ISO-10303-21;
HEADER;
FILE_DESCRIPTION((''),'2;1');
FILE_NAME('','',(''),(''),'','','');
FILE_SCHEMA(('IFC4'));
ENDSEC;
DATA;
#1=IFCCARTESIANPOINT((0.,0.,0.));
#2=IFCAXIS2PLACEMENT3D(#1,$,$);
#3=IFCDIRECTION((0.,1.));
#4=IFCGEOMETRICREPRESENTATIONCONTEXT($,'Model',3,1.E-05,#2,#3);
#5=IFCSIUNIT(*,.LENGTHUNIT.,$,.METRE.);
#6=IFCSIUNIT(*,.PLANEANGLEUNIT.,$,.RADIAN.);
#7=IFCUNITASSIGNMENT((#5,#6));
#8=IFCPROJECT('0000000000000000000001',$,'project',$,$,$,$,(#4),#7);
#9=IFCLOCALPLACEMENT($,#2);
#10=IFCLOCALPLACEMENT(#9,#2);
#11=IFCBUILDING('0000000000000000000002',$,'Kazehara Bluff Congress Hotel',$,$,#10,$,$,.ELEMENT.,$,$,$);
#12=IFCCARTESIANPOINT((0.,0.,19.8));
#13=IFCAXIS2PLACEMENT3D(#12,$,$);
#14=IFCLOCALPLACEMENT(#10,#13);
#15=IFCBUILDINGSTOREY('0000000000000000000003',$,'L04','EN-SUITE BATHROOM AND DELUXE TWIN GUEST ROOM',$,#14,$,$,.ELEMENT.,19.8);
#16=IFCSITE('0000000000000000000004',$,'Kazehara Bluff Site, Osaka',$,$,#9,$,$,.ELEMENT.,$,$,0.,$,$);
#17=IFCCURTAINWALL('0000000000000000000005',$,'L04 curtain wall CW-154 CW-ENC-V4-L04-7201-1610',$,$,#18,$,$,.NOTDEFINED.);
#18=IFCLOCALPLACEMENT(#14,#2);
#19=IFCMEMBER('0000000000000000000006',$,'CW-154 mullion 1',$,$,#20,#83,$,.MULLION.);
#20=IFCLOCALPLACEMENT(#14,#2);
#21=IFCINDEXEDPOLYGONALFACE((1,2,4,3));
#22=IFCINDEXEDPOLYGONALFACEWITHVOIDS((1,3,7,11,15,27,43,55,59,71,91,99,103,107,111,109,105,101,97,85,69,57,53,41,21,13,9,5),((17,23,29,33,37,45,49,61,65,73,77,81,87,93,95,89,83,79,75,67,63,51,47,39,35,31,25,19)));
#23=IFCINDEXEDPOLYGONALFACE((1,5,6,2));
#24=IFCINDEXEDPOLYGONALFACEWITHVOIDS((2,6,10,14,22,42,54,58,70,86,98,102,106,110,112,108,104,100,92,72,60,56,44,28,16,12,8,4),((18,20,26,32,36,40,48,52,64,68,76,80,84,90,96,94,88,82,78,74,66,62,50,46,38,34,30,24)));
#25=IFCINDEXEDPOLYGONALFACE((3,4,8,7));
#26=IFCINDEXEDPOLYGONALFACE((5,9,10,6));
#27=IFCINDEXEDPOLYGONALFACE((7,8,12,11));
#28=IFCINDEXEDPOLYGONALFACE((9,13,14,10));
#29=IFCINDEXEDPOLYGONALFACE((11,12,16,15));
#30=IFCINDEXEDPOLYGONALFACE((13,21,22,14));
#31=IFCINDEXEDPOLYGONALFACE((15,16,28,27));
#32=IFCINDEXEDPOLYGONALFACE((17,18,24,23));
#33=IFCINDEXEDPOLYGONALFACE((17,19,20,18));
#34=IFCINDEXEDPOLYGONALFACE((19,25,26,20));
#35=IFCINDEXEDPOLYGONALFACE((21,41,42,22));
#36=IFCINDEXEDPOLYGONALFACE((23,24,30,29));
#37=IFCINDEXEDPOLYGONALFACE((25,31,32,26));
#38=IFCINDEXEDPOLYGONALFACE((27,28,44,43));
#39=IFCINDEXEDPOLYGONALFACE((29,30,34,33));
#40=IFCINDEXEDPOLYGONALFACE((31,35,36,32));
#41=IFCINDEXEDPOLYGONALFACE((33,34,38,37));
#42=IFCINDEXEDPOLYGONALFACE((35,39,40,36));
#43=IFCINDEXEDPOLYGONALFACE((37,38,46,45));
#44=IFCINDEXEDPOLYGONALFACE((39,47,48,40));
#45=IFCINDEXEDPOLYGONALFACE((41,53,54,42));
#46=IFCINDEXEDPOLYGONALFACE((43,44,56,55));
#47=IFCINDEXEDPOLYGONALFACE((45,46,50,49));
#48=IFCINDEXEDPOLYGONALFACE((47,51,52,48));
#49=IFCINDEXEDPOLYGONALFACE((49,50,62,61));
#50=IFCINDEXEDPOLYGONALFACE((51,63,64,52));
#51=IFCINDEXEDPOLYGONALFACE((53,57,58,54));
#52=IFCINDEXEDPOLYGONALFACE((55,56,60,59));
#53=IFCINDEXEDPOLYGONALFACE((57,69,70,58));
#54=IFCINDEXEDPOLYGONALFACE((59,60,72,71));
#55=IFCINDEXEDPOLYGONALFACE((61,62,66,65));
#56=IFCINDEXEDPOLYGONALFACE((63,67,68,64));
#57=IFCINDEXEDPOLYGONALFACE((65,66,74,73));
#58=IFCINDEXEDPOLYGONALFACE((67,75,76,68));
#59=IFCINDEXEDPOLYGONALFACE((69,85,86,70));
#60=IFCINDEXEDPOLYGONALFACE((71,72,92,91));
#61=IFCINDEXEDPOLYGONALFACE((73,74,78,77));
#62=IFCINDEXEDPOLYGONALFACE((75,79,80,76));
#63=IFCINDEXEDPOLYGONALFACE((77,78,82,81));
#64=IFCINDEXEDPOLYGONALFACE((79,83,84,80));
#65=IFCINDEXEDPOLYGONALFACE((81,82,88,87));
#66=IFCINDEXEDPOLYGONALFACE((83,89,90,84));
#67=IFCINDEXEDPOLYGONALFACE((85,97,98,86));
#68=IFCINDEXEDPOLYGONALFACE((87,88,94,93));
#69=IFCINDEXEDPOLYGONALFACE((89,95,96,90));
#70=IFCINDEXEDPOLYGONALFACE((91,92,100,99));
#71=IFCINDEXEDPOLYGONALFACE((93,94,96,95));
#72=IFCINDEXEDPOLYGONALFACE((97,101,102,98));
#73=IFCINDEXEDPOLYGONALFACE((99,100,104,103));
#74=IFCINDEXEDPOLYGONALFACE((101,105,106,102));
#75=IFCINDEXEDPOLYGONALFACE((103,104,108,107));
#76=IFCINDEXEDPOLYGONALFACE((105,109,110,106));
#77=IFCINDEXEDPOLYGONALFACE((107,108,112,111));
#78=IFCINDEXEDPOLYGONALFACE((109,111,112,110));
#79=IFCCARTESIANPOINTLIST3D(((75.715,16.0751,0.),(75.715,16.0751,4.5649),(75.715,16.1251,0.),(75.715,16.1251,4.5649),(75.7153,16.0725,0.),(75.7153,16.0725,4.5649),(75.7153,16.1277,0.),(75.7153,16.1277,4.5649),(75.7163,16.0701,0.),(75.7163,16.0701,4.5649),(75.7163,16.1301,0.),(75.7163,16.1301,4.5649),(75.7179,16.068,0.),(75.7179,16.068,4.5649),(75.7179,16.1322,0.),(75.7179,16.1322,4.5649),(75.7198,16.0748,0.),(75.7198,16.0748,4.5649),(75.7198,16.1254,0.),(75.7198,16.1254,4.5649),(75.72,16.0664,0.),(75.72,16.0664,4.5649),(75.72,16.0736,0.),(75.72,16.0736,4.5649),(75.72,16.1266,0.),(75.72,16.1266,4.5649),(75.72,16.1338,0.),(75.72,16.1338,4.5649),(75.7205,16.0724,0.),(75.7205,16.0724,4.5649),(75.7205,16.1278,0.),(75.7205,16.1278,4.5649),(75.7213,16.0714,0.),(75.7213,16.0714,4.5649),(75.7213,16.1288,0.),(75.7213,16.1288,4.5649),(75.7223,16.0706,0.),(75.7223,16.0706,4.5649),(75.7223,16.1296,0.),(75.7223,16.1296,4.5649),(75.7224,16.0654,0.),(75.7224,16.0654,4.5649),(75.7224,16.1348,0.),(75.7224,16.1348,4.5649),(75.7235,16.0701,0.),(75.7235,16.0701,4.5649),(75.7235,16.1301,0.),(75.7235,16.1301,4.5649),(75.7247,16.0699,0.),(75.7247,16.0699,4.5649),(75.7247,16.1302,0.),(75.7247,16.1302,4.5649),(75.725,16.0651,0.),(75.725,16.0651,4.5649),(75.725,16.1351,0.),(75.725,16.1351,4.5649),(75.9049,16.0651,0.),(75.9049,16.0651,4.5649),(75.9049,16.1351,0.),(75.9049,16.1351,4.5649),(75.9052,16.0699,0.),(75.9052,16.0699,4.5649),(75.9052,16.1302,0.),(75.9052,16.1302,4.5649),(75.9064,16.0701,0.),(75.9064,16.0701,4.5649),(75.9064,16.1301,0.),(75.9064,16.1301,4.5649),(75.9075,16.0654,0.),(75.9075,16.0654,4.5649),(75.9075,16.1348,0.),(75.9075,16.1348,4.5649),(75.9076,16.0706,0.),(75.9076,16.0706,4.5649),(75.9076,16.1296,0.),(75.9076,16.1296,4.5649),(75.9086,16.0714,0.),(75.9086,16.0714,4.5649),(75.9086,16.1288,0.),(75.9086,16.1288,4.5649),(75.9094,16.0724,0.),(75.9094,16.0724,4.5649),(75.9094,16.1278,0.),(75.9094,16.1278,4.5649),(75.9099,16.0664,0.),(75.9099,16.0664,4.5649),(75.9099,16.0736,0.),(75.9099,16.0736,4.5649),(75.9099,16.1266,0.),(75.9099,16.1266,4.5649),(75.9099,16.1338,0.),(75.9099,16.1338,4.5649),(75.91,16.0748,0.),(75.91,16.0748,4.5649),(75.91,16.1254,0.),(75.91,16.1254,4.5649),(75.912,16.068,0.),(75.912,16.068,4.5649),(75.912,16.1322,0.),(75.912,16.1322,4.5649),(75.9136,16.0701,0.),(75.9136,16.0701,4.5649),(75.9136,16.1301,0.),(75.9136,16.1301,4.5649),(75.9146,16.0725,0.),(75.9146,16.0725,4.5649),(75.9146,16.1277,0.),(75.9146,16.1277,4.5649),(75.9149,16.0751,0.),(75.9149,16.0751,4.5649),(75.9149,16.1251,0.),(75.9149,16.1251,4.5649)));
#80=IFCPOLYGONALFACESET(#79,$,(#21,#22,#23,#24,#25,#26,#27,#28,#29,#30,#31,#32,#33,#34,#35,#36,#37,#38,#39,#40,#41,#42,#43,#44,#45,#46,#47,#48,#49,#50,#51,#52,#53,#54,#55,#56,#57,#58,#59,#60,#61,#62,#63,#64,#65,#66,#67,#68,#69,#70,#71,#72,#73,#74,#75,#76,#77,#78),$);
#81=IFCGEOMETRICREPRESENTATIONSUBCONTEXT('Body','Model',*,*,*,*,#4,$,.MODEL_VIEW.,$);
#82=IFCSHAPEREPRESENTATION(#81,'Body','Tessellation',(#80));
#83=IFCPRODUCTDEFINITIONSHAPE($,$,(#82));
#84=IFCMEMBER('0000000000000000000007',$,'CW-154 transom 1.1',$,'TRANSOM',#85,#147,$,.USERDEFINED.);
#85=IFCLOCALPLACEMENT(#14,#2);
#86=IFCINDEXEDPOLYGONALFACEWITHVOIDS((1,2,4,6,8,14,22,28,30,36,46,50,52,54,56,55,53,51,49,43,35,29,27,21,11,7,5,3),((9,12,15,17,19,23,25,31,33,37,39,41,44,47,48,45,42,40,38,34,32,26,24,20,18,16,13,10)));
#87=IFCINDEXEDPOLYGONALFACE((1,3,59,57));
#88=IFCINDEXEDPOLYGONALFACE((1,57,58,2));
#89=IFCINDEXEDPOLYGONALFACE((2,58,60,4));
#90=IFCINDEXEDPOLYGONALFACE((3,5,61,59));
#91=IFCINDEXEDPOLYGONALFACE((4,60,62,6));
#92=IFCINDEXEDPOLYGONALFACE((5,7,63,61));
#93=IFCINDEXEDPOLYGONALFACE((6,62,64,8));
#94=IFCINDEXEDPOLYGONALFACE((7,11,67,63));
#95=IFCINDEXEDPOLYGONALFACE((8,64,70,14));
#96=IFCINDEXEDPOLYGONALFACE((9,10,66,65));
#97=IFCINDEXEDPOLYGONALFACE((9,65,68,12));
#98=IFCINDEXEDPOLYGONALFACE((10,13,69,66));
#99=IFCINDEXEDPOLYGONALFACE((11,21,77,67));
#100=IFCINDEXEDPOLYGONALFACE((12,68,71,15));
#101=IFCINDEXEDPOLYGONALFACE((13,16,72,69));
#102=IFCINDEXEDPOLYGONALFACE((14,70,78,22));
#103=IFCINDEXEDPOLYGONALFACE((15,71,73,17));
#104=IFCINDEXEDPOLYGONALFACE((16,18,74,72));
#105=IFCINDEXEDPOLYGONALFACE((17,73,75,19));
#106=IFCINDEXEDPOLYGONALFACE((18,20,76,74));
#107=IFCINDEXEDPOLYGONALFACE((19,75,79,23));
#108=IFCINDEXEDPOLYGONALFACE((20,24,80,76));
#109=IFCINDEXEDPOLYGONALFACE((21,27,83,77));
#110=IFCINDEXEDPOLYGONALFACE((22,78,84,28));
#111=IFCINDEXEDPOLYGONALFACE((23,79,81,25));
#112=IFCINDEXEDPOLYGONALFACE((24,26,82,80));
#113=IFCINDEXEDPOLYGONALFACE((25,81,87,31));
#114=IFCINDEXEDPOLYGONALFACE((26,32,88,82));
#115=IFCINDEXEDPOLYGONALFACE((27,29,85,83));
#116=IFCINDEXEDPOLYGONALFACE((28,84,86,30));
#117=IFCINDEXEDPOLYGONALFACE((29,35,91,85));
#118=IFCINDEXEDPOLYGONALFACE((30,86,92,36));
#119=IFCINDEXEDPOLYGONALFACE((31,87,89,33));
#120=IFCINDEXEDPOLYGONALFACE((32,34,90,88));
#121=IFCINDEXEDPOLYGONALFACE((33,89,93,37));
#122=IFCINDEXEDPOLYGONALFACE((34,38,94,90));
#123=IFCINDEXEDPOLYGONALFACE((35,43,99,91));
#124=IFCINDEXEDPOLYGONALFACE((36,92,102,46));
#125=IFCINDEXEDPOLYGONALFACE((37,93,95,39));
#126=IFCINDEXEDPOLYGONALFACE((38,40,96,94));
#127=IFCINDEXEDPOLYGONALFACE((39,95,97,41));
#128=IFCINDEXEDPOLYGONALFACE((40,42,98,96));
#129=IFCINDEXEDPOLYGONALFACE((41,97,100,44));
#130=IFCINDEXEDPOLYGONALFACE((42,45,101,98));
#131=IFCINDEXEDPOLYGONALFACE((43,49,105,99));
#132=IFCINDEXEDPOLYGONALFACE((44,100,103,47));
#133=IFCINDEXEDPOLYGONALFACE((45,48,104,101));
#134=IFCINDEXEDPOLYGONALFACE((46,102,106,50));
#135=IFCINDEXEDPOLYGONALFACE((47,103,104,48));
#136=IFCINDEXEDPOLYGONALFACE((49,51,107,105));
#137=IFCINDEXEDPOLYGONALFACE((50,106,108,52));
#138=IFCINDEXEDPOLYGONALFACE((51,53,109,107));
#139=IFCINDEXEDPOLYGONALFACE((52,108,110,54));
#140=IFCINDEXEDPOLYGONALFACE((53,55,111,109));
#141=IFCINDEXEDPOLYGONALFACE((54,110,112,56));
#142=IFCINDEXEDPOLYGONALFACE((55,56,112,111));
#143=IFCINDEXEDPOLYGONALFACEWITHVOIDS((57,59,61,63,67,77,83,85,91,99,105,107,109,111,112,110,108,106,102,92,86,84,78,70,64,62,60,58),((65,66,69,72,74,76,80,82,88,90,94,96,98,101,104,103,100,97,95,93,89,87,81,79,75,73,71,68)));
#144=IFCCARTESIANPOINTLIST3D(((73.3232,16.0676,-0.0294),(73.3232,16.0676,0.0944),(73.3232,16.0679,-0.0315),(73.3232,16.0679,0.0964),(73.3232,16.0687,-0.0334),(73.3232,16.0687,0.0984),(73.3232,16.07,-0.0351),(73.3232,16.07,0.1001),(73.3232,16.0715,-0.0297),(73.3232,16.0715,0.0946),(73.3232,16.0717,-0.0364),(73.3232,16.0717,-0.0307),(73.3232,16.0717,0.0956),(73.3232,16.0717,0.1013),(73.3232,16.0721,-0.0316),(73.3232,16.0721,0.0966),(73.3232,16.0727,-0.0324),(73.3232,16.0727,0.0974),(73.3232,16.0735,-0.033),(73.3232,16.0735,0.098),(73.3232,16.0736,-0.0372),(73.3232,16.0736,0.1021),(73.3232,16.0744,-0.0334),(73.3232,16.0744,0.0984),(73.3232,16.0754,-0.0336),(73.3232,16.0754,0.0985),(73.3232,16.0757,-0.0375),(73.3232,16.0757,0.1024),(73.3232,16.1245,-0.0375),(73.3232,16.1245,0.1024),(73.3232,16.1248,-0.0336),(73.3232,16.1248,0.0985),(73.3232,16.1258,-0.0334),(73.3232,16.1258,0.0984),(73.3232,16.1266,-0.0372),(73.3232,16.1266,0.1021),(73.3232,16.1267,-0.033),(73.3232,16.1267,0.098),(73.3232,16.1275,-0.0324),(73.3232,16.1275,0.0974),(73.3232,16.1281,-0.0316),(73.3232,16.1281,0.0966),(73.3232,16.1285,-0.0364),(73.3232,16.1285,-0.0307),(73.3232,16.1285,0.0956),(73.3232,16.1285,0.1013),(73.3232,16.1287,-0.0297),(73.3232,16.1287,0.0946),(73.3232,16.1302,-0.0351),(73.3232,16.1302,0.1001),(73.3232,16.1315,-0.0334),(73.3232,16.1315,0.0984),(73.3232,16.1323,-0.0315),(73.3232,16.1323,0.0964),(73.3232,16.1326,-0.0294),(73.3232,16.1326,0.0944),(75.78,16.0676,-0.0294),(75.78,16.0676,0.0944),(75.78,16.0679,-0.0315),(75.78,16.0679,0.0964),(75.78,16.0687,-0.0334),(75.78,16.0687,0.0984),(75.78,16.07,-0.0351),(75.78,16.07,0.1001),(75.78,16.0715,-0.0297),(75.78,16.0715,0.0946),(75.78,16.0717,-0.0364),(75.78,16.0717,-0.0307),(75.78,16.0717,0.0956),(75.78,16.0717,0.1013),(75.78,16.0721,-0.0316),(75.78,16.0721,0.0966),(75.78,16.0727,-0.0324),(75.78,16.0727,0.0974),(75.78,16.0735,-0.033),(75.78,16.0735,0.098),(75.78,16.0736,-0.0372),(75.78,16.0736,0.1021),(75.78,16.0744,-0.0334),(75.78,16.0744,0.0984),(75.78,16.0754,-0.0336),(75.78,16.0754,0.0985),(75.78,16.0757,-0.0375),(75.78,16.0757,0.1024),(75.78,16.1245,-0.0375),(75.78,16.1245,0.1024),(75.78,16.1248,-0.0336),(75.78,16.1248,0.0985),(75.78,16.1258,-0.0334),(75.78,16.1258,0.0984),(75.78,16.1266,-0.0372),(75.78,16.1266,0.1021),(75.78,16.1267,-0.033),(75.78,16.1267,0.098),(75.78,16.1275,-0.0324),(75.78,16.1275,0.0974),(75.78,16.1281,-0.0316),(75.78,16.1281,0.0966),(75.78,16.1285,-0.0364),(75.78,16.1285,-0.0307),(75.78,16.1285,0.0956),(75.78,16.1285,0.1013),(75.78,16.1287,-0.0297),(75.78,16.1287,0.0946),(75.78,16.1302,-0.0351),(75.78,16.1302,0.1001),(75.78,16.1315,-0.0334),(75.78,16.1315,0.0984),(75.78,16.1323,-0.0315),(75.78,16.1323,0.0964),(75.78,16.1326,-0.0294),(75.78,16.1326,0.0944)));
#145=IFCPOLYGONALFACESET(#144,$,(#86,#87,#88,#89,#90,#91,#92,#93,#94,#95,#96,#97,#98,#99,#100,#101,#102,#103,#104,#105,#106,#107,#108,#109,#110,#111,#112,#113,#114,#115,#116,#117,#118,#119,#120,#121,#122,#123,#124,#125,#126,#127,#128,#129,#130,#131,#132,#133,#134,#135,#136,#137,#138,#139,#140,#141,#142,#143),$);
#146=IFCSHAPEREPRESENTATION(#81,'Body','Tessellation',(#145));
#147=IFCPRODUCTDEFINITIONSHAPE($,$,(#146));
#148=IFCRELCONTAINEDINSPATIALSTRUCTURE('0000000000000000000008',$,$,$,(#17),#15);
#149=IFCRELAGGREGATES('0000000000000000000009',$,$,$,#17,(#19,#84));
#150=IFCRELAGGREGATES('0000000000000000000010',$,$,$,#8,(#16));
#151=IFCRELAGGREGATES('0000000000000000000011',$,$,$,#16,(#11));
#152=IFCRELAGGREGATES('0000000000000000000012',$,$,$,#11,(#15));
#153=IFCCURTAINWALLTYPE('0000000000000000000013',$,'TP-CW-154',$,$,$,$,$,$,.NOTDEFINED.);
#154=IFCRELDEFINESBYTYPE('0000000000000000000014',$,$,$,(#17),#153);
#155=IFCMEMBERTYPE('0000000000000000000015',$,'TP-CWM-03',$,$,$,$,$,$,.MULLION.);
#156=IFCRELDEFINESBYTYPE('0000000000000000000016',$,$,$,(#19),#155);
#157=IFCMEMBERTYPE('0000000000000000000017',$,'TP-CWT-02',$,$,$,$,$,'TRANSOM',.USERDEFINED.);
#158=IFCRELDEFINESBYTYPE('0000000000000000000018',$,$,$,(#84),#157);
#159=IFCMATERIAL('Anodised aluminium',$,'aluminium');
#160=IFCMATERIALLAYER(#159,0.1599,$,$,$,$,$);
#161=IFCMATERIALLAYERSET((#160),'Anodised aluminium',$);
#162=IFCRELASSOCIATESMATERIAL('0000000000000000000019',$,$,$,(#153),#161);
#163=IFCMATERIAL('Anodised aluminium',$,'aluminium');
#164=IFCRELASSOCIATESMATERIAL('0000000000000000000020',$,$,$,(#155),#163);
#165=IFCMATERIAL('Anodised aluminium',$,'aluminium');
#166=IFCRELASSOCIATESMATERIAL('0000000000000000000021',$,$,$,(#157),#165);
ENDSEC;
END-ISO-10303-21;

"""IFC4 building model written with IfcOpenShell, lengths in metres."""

from ifc_helpers import new_model, si_unit, direction, frame, origin, origin_2d, place, context, subcontext, project, spatial, hollow_rectangle, extrude, material, layer, layer_set, material_profile, profile_set, type_object, element, aggregate, save


model = new_model("IFC4")

# Units and contexts
model_context = context("Model", 3, precision=1e-05, world=origin(), true_north=direction((0.0, 1.0)))
body_context = subcontext(model_context, "Body", "Model", "MODEL_VIEW")
ifc_project = project(units=[si_unit("LENGTHUNIT", "METRE"), si_unit("PLANEANGLEUNIT", "RADIAN")], contexts=[model_context])

# Site, building, storey
site_placement = place(None, origin())
site = spatial("IfcSite", under=ifc_project, at=site_placement, Name="Kazehara Bluff Site, Osaka", CompositionType="ELEMENT", RefElevation=0.0)
building_placement = place(site_placement, origin())
building = spatial("IfcBuilding", under=site, at=building_placement, Name="Kazehara Bluff Congress Hotel", CompositionType="ELEMENT")
storey_placement = place(building_placement, frame((0.0, 0.0, 19.8)))
storey = spatial("IfcBuildingStorey", under=building, at=storey_placement, Name="L04", Description="EN-SUITE BATHROOM AND DELUXE TWIN GUEST ROOM", CompositionType="ELEMENT", Elevation=19.8)

# Curtain wall, members
ifc_material_1 = material(Name="Anodised aluminium", Category="aluminium")
ifc_layer_1 = layer(ifc_material_1, 0.1599)
ifc_layer_set_1 = layer_set([ifc_layer_1], Name="Anodised aluminium")
curtain_wall_type_1 = type_object("IfcCurtainWallType", Name="TP-CW-154", PredefinedType="NOTDEFINED", material=ifc_layer_set_1)
curtain_wall_1_placement = place(storey_placement, origin())
curtain_wall_1 = element("IfcCurtainWall", 1, at=curtain_wall_1_placement, inside=storey, type_object=curtain_wall_type_1, Name="L04 curtain wall CW-154 CW-ENC-V4-L04-7201-1610", PredefinedType="NOTDEFINED")
ifc_material_2 = material(Name="Anodised aluminium", Category="aluminium")
ifc_material_profile_1 = material_profile(ifc_material_2, hollow_rectangle(XDim=0.0701, YDim=0.2, WallThickness=0.0049, InnerFilletRadius=0.0049, OuterFilletRadius=0.01, at=origin_2d()))
ifc_profile_set_1 = profile_set([ifc_material_profile_1], Name="Anodised aluminium")
member_type_1 = type_object("IfcMemberType", Name="TP-CWM-03", PredefinedType="MULLION", material=ifc_profile_set_1)
member_1_placement = place(storey_placement, frame((75.8149, 16.1001, 0.0), z_axis=(0.0, 0.0, 1.0), x_axis=(0.0, -1.0, 0.0)))
member_1 = element("IfcMember", 2, at=member_1_placement, type_object=member_type_1, Name="CW-154 mullion 1", PredefinedType="MULLION", context=body_context, shape_type="SweptSolid", body=[
    extrude(hollow_rectangle(XDim=0.0701, YDim=0.2, WallThickness=0.0049, InnerFilletRadius=0.0049, OuterFilletRadius=0.01, at=origin_2d()), origin(), (0.0, 0.0, 1.0), 4.5649),
])
ifc_material_3 = material(Name="Anodised aluminium", Category="aluminium")
ifc_material_profile_2 = material_profile(ifc_material_3, hollow_rectangle(XDim=0.0649, YDim=0.1399, WallThickness=0.0039, InnerFilletRadius=0.0039, OuterFilletRadius=0.0081, at=origin_2d()))
ifc_profile_set_2 = profile_set([ifc_material_profile_2], Name="Anodised aluminium")
member_type_2 = type_object("IfcMemberType", Name="TP-CWT-02", ElementType="TRANSOM", PredefinedType="USERDEFINED", material=ifc_profile_set_2)
member_2_placement = place(storey_placement, frame((75.78, 16.1001, 0.0325), z_axis=(-1.0, 0.0, 0.0), x_axis=(0.0, -1.0, 0.0)))
member_2 = element("IfcMember", 3, at=member_2_placement, type_object=member_type_2, Name="CW-154 transom 1.1", ObjectType="TRANSOM", PredefinedType="USERDEFINED", context=body_context, shape_type="SweptSolid", body=[
    extrude(hollow_rectangle(XDim=0.0649, YDim=0.1399, WallThickness=0.0039, InnerFilletRadius=0.0039, OuterFilletRadius=0.0081, at=origin_2d()), origin(), (0.0, 0.0, 1.0), 2.4568),
])

aggregate(curtain_wall_1, [member_1, member_2])

save(model, "model.ifc")
